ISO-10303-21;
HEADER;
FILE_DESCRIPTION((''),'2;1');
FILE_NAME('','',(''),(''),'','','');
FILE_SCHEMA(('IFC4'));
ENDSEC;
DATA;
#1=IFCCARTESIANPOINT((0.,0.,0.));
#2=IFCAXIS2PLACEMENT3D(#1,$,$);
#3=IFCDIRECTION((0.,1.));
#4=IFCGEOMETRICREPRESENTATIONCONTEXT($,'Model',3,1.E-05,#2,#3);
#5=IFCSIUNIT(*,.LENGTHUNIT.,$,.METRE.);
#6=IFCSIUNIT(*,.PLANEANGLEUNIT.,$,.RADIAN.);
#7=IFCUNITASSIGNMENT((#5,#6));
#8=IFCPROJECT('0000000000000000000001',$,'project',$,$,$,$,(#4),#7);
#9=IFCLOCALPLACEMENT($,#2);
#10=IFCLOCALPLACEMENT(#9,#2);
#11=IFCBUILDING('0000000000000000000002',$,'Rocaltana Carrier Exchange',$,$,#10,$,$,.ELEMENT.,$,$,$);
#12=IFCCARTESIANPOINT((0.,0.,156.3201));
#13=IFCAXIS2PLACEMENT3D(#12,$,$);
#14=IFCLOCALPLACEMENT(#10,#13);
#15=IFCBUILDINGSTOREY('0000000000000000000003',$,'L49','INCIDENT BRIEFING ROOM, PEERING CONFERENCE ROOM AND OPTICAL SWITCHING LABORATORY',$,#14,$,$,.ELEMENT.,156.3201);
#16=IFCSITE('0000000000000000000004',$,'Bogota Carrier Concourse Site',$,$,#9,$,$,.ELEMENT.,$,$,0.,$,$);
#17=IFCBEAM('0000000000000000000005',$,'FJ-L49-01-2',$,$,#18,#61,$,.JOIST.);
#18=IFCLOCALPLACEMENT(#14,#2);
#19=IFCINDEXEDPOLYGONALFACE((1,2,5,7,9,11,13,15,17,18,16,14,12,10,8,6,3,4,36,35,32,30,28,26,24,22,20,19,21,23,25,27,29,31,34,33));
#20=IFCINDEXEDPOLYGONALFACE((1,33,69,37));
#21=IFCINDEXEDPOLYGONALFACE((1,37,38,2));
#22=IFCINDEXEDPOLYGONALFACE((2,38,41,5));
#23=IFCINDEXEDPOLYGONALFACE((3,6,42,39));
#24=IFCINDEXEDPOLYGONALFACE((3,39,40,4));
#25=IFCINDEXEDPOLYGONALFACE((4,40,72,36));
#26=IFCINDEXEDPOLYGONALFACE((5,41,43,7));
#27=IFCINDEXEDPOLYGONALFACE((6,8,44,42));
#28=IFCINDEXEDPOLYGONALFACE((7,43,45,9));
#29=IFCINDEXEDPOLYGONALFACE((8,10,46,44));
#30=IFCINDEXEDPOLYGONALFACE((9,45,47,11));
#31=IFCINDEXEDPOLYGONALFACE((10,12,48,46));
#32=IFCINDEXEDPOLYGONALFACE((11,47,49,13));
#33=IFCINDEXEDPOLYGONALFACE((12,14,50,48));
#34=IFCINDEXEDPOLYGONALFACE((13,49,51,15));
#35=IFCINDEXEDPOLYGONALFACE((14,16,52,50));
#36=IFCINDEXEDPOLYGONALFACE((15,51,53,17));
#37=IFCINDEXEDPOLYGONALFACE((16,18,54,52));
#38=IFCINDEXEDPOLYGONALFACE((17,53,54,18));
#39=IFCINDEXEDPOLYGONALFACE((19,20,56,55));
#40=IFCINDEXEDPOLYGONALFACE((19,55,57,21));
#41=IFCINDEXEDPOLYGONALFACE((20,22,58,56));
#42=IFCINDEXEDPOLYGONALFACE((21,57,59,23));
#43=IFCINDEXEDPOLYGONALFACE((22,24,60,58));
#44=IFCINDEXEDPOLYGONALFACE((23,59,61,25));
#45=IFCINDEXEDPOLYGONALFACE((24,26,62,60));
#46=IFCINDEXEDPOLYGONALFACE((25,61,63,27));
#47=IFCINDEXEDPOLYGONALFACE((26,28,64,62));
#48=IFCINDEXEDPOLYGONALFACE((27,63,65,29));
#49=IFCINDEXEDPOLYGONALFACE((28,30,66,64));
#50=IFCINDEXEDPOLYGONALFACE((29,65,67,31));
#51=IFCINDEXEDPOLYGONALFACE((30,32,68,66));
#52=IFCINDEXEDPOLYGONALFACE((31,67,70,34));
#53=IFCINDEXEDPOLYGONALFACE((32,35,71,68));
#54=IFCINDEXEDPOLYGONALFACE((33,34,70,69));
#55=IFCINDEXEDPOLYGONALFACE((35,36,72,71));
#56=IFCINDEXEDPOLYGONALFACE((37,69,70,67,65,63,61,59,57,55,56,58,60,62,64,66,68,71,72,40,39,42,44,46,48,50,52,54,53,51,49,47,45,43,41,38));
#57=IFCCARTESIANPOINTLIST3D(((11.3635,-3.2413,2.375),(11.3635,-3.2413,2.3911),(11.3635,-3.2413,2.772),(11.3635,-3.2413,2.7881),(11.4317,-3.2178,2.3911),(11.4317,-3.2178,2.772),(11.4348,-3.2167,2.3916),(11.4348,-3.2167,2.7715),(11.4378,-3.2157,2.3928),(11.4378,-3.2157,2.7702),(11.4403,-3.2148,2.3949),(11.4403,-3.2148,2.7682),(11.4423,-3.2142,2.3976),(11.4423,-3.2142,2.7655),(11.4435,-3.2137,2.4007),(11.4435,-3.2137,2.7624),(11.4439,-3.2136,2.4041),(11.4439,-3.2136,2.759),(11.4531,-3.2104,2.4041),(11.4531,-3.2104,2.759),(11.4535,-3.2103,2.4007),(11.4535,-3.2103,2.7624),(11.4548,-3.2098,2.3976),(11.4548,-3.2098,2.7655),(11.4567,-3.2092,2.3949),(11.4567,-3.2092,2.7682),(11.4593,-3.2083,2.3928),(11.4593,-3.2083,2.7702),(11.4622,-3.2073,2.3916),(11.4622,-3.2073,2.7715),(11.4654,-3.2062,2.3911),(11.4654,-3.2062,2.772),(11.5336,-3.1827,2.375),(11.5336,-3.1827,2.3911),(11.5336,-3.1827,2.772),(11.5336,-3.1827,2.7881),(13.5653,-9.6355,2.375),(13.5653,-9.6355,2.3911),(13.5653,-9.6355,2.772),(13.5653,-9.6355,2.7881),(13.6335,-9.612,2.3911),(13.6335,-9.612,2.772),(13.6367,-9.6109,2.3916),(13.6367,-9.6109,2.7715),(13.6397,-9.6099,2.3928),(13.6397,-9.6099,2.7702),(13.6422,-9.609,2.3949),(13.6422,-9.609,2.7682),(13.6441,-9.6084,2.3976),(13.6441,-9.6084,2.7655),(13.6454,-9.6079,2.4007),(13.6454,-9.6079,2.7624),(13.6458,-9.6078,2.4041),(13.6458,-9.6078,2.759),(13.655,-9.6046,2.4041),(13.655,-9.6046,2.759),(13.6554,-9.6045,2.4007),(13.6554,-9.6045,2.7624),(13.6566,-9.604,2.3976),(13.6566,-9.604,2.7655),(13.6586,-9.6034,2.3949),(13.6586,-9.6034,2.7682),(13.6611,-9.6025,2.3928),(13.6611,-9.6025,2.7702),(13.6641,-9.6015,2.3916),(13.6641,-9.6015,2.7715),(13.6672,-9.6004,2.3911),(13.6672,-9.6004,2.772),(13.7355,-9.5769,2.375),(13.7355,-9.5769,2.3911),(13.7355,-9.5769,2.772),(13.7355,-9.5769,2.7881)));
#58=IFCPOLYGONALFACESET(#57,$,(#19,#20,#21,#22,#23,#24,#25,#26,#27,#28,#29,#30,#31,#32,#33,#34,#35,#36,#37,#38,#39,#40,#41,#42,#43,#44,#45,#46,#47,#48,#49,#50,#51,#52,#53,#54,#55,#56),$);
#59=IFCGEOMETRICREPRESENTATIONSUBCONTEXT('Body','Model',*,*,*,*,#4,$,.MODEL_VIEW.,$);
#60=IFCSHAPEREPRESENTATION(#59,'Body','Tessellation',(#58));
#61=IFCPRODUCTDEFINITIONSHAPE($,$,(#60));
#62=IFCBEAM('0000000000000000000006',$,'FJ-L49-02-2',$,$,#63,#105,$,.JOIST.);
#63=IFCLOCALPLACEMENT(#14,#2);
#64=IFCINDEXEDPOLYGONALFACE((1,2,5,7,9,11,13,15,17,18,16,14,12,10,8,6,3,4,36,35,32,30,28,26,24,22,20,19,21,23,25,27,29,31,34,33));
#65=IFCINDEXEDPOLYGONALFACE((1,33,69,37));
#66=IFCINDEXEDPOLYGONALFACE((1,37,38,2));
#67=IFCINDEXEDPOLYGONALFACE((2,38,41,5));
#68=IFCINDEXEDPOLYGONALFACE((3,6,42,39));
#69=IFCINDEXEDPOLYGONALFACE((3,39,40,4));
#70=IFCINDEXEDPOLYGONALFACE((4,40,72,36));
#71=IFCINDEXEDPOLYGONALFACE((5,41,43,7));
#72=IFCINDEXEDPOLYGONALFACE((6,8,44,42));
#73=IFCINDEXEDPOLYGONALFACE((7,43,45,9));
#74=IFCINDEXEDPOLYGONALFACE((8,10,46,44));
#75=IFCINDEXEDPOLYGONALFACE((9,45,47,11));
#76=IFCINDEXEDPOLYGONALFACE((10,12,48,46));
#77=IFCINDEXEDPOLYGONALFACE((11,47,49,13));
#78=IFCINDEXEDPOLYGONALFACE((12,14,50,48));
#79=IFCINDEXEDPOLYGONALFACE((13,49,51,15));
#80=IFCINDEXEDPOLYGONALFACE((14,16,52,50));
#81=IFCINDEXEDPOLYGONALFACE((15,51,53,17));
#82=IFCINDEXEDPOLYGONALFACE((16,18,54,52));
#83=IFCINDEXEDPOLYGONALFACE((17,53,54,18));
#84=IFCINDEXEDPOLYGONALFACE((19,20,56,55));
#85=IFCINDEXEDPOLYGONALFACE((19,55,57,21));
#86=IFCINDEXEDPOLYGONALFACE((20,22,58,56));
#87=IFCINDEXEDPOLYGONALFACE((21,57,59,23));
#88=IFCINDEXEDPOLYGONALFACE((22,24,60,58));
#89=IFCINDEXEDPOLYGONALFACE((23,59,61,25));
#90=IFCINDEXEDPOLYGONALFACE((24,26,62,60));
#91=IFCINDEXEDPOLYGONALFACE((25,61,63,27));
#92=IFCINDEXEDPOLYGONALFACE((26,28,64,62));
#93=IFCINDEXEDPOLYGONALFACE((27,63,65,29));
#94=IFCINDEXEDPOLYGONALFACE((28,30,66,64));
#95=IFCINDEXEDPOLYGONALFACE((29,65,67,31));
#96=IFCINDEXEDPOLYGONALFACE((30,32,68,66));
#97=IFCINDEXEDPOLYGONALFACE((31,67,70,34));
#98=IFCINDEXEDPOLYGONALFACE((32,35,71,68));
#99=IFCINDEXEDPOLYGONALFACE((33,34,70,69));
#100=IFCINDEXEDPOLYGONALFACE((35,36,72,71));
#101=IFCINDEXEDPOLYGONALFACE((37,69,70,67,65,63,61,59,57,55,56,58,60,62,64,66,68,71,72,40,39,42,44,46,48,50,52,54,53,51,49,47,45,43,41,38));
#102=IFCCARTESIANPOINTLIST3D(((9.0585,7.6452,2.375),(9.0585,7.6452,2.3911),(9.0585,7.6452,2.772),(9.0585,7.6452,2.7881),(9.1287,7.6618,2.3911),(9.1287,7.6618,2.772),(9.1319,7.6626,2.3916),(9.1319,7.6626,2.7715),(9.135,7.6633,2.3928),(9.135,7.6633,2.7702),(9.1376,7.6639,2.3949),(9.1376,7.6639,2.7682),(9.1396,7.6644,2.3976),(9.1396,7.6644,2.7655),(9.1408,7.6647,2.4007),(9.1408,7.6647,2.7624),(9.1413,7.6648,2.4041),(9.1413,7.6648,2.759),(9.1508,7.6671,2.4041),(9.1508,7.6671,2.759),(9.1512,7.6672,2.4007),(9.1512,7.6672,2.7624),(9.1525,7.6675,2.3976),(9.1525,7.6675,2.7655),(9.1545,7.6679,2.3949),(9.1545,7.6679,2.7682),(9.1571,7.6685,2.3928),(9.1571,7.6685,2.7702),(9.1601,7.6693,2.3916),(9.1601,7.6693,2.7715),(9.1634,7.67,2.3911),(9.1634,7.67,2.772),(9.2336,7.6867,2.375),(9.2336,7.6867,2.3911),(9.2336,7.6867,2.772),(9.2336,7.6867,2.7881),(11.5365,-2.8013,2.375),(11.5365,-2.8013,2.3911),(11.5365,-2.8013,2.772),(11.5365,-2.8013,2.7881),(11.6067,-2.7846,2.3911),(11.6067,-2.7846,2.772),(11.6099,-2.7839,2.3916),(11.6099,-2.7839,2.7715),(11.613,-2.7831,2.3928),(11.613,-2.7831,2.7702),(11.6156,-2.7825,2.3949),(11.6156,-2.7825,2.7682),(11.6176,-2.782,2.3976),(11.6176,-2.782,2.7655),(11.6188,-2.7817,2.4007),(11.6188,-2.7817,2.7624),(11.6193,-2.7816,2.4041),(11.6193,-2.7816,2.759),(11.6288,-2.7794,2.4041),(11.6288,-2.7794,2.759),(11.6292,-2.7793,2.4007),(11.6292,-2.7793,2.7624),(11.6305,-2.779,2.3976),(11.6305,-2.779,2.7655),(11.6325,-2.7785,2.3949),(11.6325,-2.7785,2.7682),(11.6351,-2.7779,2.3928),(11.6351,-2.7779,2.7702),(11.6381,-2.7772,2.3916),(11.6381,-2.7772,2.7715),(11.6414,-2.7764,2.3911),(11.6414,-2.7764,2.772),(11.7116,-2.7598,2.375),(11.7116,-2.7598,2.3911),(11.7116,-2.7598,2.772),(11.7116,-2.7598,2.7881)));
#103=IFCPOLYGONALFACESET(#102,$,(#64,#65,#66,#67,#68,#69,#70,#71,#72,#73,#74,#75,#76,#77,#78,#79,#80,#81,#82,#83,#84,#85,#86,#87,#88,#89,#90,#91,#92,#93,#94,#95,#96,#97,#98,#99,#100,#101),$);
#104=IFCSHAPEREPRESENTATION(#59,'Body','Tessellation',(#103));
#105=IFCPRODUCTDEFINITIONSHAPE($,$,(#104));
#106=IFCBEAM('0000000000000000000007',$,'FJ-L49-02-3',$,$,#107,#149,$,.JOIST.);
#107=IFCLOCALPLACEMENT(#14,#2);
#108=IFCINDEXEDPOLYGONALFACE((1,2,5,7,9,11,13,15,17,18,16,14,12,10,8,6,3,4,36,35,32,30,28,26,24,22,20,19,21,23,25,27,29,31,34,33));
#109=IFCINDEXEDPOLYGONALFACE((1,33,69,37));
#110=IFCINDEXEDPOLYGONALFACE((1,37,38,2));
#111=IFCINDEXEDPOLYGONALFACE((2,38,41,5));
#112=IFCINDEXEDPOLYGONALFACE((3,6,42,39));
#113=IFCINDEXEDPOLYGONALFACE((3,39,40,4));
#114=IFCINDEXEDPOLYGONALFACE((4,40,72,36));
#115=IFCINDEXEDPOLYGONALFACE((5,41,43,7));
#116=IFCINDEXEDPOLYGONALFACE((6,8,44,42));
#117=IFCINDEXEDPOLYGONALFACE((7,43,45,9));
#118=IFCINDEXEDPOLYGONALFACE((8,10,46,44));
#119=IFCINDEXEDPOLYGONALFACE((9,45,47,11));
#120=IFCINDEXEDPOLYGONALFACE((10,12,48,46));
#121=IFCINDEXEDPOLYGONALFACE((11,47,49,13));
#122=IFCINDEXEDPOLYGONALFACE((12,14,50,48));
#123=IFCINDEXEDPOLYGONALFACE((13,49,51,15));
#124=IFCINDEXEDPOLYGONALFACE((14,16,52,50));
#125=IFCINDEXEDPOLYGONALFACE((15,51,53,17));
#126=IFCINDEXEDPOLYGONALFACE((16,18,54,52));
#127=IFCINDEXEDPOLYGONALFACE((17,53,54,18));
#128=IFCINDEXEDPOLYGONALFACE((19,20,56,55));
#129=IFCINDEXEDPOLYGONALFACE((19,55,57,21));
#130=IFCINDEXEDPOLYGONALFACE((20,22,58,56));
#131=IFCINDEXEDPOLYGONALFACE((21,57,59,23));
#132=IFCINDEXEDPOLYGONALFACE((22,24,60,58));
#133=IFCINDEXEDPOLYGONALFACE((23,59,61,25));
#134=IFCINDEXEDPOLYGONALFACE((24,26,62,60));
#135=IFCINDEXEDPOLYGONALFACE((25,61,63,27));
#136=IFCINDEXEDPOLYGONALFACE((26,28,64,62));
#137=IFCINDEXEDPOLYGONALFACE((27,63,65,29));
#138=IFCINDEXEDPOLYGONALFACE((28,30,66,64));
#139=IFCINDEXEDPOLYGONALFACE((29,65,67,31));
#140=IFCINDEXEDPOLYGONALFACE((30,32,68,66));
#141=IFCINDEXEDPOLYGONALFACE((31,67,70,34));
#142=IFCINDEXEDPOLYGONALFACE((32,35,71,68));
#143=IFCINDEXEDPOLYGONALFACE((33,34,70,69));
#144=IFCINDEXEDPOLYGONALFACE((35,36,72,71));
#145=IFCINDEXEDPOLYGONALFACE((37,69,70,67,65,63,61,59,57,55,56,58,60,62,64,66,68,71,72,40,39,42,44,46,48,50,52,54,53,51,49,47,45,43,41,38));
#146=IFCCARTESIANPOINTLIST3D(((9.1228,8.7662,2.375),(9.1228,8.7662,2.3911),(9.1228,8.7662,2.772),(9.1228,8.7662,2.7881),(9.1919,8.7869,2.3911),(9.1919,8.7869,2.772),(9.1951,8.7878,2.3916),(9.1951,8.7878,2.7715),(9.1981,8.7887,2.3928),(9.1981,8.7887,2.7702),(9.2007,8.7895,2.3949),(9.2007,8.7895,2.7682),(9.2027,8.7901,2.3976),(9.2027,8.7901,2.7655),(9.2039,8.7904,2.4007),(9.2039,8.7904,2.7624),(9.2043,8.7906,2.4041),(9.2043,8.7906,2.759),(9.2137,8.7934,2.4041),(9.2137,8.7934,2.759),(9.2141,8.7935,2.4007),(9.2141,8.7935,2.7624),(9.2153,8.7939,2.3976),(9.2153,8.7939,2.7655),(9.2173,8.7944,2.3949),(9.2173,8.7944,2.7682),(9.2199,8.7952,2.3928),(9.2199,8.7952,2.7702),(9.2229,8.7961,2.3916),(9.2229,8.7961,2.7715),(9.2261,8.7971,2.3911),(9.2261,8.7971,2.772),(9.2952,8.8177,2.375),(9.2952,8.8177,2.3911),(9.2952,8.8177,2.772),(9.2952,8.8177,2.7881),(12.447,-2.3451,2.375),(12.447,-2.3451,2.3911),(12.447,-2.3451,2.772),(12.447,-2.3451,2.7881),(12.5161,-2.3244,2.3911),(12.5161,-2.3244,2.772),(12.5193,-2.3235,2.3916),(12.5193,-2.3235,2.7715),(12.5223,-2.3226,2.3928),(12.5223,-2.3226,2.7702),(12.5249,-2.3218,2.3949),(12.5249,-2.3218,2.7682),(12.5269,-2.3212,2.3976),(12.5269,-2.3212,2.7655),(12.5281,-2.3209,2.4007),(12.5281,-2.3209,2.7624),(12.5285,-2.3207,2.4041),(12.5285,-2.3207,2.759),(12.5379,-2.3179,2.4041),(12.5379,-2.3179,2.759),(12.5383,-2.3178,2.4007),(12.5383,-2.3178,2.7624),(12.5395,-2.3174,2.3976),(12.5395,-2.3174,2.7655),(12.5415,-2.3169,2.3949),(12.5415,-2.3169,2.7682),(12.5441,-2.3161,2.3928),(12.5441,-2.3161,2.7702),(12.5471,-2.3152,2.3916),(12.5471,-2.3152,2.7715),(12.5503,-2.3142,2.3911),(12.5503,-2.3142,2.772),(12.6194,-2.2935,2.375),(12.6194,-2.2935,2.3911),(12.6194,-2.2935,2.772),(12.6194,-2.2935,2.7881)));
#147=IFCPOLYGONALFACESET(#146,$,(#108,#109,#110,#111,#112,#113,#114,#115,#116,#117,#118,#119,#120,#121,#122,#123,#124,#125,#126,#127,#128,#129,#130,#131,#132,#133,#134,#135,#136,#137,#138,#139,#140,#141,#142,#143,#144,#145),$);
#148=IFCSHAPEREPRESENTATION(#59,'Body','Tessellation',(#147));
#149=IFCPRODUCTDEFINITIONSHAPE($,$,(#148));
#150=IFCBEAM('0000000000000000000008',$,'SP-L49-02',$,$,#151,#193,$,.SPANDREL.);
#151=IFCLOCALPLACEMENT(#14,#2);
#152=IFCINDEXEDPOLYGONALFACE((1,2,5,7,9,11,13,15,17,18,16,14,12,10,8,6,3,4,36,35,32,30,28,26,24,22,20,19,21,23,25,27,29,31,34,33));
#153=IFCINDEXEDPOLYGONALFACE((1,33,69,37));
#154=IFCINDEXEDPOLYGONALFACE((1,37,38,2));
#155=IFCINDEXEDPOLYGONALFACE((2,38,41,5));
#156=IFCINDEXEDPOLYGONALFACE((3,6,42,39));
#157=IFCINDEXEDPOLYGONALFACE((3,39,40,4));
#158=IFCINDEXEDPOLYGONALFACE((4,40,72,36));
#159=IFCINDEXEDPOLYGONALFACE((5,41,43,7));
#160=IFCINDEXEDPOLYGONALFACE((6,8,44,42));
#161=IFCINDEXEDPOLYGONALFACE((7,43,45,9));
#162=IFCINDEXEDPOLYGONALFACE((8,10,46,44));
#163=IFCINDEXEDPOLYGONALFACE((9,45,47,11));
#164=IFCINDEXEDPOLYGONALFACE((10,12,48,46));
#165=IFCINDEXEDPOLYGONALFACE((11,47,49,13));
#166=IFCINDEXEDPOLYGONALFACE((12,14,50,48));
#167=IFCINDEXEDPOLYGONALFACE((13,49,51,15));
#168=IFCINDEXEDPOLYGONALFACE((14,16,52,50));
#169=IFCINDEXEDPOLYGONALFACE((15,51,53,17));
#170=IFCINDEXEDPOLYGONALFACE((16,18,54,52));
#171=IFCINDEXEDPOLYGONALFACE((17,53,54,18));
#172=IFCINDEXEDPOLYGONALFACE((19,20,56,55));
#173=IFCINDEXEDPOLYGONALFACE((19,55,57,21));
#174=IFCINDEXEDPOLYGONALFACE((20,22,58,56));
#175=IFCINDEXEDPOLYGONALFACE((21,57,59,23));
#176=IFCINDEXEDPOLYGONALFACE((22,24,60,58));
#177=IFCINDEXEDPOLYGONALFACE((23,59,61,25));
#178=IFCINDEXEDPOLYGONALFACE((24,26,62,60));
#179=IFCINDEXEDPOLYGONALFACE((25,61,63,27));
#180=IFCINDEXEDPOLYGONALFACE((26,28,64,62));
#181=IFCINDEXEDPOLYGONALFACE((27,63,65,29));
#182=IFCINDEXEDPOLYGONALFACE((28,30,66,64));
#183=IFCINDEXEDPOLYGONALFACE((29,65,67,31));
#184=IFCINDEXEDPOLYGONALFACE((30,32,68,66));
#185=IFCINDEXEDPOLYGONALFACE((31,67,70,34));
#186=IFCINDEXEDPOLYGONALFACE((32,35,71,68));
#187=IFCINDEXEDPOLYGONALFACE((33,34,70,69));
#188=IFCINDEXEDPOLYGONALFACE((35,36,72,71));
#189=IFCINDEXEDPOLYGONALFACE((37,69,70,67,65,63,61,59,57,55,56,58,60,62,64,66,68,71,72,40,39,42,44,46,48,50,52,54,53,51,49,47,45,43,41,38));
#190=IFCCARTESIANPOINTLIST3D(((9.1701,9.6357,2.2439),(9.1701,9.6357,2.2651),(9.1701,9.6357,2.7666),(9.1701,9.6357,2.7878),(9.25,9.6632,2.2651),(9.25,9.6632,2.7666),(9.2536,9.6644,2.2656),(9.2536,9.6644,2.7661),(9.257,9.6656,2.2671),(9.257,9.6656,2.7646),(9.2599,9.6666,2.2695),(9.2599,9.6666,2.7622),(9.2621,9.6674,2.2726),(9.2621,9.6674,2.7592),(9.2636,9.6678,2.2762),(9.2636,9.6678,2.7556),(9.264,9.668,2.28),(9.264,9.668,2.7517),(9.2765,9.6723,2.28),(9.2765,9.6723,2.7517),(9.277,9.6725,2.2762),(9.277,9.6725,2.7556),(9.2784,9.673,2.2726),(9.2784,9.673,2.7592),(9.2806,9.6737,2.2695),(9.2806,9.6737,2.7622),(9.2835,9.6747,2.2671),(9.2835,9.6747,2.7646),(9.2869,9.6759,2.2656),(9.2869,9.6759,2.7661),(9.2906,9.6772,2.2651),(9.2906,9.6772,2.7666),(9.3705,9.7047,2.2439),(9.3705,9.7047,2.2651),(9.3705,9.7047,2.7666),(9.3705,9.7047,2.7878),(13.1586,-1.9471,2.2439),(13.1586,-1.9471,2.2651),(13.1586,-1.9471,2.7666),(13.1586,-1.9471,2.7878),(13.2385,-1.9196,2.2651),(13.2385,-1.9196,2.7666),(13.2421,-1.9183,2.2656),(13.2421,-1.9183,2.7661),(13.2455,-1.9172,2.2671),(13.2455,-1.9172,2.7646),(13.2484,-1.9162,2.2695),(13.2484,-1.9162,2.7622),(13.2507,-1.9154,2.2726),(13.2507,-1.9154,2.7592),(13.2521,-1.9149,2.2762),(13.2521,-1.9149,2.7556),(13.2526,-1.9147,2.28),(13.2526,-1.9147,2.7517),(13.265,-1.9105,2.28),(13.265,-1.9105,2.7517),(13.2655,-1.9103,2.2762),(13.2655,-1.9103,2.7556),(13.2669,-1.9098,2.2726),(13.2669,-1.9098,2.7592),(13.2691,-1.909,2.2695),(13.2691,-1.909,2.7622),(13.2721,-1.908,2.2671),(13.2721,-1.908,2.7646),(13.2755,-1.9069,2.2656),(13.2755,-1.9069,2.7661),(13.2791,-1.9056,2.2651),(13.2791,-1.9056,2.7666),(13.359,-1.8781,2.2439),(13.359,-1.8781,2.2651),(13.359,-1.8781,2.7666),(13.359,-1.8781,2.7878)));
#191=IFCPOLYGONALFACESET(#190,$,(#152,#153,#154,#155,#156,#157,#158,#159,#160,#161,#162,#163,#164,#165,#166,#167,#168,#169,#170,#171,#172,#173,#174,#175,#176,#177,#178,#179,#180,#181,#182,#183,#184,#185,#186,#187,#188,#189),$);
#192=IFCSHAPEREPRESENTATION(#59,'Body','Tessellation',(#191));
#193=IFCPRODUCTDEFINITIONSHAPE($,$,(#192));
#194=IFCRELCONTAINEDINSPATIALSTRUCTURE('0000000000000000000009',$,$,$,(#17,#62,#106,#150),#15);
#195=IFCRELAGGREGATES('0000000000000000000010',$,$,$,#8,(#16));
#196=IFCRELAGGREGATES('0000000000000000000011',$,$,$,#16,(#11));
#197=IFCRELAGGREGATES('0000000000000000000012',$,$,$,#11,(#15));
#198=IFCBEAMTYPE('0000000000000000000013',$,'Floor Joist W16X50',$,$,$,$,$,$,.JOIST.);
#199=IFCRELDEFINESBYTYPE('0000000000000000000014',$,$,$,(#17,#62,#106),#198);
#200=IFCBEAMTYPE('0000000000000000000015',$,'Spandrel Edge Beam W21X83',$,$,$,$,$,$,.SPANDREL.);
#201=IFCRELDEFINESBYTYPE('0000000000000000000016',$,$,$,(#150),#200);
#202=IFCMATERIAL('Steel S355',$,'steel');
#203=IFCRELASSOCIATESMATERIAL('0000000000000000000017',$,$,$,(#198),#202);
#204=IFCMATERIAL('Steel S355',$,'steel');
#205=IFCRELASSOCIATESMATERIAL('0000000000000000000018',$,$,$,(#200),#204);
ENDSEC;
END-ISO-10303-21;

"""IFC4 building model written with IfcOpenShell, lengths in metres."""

from ifc_helpers import new_model, si_unit, direction, frame, origin, origin_2d, place, context, subcontext, project, spatial, i_section, extrude, material, material_profile, profile_set, type_object, element, save


model = new_model("IFC4")

# Units and contexts
model_context = context("Model", 3, precision=1e-05, world=origin(), true_north=direction((0.0, 1.0)))
body_context = subcontext(model_context, "Body", "Model", "MODEL_VIEW")
ifc_project = project(units=[si_unit("LENGTHUNIT", "METRE"), si_unit("PLANEANGLEUNIT", "RADIAN")], contexts=[model_context])

# Site, building, storey
site_placement = place(None, origin())
site = spatial("IfcSite", under=ifc_project, at=site_placement, Name="Bogota Carrier Concourse Site", CompositionType="ELEMENT", RefElevation=0.0)
building_placement = place(site_placement, origin())
building = spatial("IfcBuilding", under=site, at=building_placement, Name="Rocaltana Carrier Exchange", CompositionType="ELEMENT")
storey_placement = place(building_placement, frame((0.0, 0.0, 156.3201)))
storey = spatial("IfcBuildingStorey", under=building, at=storey_placement, Name="L49", Description="INCIDENT BRIEFING ROOM, PEERING CONFERENCE ROOM AND OPTICAL SWITCHING LABORATORY", CompositionType="ELEMENT", Elevation=156.3201)

# Beams
ifc_material_1 = material(Name="Steel S355", Category="steel")
ifc_material_profile_1 = material_profile(ifc_material_1, i_section(OverallWidth=0.1799, OverallDepth=0.4131, WebThickness=0.0098, FlangeThickness=0.0161, FilletRadius=0.0129, at=origin_2d()), Name="W16X50")
ifc_profile_set_1 = profile_set([ifc_material_profile_1], Name="Steel S355")
beam_type_1 = type_object("IfcBeamType", Name="Floor Joist W16X50", PredefinedType="JOIST", material=ifc_profile_set_1)
beam_1_placement = place(storey_placement, frame((13.6504, -9.6062, 2.5815), z_axis=(-0.325591, 0.945511, 0.0), x_axis=(-0.945511, -0.325591, 0.0)))
element("IfcBeam", 1, at=beam_1_placement, inside=storey, type_object=beam_type_1, Name="FJ-L49-01-2", PredefinedType="JOIST", context=body_context, shape_type="SweptSolid", body=[
    extrude(i_section(OverallWidth=0.1799, OverallDepth=0.4131, WebThickness=0.0098, FlangeThickness=0.0161, FilletRadius=0.0129, at=origin_2d()), origin(), (0.0, 0.0, 1.0), 6.7627),
])
beam_2_placement = place(storey_placement, frame((11.624, -2.7805, 2.5815), z_axis=(-0.230806, 0.973, 0.0), x_axis=(-0.973, -0.230806, 0.0)))
element("IfcBeam", 2, at=beam_2_placement, inside=storey, type_object=beam_type_1, Name="FJ-L49-02-2", PredefinedType="JOIST", context=body_context, shape_type="SweptSolid", body=[
    extrude(i_section(OverallWidth=0.1799, OverallDepth=0.4131, WebThickness=0.0098, FlangeThickness=0.0161, FilletRadius=0.0129, at=origin_2d()), origin(), (0.0, 0.0, 1.0), 10.7363),
])
beam_3_placement = place(storey_placement, frame((12.5332, -2.3193, 2.5815), z_axis=(-0.286622, 0.958044, 0.0), x_axis=(-0.958044, -0.286622, 0.0)))
element("IfcBeam", 3, at=beam_3_placement, inside=storey, type_object=beam_type_1, Name="FJ-L49-02-3", PredefinedType="JOIST", context=body_context, shape_type="SweptSolid", body=[
    extrude(i_section(OverallWidth=0.1799, OverallDepth=0.4131, WebThickness=0.0098, FlangeThickness=0.0161, FilletRadius=0.0129, at=origin_2d()), origin(), (0.0, 0.0, 1.0), 11.5979),
])
ifc_material_2 = material(Name="Steel S355", Category="steel")
ifc_material_profile_2 = material_profile(ifc_material_2, i_section(OverallWidth=0.2119, OverallDepth=0.5439, WebThickness=0.0132, FlangeThickness=0.0212, FilletRadius=0.0149, at=origin_2d()), Name="W21X83")
ifc_profile_set_2 = profile_set([ifc_material_profile_2], Name="Steel S355")
beam_type_2 = type_object("IfcBeamType", Name="Spandrel Edge Beam W21X83", PredefinedType="SPANDREL", material=ifc_profile_set_2)
beam_4_placement = place(storey_placement, frame((13.2588, -1.9126, 2.5159), z_axis=(-0.325587, 0.945512, 0.0), x_axis=(-0.945512, -0.325587, 0.0)))
element("IfcBeam", 4, at=beam_4_placement, inside=storey, type_object=beam_type_2, Name="SP-L49-02", PredefinedType="SPANDREL", context=body_context, shape_type="SweptSolid", body=[
    extrude(i_section(OverallWidth=0.2119, OverallDepth=0.5439, WebThickness=0.0132, FlangeThickness=0.0212, FilletRadius=0.0149, at=origin_2d()), origin(), (0.0, 0.0, 1.0), 12.2502),
])

save(model, "model.ifc")
